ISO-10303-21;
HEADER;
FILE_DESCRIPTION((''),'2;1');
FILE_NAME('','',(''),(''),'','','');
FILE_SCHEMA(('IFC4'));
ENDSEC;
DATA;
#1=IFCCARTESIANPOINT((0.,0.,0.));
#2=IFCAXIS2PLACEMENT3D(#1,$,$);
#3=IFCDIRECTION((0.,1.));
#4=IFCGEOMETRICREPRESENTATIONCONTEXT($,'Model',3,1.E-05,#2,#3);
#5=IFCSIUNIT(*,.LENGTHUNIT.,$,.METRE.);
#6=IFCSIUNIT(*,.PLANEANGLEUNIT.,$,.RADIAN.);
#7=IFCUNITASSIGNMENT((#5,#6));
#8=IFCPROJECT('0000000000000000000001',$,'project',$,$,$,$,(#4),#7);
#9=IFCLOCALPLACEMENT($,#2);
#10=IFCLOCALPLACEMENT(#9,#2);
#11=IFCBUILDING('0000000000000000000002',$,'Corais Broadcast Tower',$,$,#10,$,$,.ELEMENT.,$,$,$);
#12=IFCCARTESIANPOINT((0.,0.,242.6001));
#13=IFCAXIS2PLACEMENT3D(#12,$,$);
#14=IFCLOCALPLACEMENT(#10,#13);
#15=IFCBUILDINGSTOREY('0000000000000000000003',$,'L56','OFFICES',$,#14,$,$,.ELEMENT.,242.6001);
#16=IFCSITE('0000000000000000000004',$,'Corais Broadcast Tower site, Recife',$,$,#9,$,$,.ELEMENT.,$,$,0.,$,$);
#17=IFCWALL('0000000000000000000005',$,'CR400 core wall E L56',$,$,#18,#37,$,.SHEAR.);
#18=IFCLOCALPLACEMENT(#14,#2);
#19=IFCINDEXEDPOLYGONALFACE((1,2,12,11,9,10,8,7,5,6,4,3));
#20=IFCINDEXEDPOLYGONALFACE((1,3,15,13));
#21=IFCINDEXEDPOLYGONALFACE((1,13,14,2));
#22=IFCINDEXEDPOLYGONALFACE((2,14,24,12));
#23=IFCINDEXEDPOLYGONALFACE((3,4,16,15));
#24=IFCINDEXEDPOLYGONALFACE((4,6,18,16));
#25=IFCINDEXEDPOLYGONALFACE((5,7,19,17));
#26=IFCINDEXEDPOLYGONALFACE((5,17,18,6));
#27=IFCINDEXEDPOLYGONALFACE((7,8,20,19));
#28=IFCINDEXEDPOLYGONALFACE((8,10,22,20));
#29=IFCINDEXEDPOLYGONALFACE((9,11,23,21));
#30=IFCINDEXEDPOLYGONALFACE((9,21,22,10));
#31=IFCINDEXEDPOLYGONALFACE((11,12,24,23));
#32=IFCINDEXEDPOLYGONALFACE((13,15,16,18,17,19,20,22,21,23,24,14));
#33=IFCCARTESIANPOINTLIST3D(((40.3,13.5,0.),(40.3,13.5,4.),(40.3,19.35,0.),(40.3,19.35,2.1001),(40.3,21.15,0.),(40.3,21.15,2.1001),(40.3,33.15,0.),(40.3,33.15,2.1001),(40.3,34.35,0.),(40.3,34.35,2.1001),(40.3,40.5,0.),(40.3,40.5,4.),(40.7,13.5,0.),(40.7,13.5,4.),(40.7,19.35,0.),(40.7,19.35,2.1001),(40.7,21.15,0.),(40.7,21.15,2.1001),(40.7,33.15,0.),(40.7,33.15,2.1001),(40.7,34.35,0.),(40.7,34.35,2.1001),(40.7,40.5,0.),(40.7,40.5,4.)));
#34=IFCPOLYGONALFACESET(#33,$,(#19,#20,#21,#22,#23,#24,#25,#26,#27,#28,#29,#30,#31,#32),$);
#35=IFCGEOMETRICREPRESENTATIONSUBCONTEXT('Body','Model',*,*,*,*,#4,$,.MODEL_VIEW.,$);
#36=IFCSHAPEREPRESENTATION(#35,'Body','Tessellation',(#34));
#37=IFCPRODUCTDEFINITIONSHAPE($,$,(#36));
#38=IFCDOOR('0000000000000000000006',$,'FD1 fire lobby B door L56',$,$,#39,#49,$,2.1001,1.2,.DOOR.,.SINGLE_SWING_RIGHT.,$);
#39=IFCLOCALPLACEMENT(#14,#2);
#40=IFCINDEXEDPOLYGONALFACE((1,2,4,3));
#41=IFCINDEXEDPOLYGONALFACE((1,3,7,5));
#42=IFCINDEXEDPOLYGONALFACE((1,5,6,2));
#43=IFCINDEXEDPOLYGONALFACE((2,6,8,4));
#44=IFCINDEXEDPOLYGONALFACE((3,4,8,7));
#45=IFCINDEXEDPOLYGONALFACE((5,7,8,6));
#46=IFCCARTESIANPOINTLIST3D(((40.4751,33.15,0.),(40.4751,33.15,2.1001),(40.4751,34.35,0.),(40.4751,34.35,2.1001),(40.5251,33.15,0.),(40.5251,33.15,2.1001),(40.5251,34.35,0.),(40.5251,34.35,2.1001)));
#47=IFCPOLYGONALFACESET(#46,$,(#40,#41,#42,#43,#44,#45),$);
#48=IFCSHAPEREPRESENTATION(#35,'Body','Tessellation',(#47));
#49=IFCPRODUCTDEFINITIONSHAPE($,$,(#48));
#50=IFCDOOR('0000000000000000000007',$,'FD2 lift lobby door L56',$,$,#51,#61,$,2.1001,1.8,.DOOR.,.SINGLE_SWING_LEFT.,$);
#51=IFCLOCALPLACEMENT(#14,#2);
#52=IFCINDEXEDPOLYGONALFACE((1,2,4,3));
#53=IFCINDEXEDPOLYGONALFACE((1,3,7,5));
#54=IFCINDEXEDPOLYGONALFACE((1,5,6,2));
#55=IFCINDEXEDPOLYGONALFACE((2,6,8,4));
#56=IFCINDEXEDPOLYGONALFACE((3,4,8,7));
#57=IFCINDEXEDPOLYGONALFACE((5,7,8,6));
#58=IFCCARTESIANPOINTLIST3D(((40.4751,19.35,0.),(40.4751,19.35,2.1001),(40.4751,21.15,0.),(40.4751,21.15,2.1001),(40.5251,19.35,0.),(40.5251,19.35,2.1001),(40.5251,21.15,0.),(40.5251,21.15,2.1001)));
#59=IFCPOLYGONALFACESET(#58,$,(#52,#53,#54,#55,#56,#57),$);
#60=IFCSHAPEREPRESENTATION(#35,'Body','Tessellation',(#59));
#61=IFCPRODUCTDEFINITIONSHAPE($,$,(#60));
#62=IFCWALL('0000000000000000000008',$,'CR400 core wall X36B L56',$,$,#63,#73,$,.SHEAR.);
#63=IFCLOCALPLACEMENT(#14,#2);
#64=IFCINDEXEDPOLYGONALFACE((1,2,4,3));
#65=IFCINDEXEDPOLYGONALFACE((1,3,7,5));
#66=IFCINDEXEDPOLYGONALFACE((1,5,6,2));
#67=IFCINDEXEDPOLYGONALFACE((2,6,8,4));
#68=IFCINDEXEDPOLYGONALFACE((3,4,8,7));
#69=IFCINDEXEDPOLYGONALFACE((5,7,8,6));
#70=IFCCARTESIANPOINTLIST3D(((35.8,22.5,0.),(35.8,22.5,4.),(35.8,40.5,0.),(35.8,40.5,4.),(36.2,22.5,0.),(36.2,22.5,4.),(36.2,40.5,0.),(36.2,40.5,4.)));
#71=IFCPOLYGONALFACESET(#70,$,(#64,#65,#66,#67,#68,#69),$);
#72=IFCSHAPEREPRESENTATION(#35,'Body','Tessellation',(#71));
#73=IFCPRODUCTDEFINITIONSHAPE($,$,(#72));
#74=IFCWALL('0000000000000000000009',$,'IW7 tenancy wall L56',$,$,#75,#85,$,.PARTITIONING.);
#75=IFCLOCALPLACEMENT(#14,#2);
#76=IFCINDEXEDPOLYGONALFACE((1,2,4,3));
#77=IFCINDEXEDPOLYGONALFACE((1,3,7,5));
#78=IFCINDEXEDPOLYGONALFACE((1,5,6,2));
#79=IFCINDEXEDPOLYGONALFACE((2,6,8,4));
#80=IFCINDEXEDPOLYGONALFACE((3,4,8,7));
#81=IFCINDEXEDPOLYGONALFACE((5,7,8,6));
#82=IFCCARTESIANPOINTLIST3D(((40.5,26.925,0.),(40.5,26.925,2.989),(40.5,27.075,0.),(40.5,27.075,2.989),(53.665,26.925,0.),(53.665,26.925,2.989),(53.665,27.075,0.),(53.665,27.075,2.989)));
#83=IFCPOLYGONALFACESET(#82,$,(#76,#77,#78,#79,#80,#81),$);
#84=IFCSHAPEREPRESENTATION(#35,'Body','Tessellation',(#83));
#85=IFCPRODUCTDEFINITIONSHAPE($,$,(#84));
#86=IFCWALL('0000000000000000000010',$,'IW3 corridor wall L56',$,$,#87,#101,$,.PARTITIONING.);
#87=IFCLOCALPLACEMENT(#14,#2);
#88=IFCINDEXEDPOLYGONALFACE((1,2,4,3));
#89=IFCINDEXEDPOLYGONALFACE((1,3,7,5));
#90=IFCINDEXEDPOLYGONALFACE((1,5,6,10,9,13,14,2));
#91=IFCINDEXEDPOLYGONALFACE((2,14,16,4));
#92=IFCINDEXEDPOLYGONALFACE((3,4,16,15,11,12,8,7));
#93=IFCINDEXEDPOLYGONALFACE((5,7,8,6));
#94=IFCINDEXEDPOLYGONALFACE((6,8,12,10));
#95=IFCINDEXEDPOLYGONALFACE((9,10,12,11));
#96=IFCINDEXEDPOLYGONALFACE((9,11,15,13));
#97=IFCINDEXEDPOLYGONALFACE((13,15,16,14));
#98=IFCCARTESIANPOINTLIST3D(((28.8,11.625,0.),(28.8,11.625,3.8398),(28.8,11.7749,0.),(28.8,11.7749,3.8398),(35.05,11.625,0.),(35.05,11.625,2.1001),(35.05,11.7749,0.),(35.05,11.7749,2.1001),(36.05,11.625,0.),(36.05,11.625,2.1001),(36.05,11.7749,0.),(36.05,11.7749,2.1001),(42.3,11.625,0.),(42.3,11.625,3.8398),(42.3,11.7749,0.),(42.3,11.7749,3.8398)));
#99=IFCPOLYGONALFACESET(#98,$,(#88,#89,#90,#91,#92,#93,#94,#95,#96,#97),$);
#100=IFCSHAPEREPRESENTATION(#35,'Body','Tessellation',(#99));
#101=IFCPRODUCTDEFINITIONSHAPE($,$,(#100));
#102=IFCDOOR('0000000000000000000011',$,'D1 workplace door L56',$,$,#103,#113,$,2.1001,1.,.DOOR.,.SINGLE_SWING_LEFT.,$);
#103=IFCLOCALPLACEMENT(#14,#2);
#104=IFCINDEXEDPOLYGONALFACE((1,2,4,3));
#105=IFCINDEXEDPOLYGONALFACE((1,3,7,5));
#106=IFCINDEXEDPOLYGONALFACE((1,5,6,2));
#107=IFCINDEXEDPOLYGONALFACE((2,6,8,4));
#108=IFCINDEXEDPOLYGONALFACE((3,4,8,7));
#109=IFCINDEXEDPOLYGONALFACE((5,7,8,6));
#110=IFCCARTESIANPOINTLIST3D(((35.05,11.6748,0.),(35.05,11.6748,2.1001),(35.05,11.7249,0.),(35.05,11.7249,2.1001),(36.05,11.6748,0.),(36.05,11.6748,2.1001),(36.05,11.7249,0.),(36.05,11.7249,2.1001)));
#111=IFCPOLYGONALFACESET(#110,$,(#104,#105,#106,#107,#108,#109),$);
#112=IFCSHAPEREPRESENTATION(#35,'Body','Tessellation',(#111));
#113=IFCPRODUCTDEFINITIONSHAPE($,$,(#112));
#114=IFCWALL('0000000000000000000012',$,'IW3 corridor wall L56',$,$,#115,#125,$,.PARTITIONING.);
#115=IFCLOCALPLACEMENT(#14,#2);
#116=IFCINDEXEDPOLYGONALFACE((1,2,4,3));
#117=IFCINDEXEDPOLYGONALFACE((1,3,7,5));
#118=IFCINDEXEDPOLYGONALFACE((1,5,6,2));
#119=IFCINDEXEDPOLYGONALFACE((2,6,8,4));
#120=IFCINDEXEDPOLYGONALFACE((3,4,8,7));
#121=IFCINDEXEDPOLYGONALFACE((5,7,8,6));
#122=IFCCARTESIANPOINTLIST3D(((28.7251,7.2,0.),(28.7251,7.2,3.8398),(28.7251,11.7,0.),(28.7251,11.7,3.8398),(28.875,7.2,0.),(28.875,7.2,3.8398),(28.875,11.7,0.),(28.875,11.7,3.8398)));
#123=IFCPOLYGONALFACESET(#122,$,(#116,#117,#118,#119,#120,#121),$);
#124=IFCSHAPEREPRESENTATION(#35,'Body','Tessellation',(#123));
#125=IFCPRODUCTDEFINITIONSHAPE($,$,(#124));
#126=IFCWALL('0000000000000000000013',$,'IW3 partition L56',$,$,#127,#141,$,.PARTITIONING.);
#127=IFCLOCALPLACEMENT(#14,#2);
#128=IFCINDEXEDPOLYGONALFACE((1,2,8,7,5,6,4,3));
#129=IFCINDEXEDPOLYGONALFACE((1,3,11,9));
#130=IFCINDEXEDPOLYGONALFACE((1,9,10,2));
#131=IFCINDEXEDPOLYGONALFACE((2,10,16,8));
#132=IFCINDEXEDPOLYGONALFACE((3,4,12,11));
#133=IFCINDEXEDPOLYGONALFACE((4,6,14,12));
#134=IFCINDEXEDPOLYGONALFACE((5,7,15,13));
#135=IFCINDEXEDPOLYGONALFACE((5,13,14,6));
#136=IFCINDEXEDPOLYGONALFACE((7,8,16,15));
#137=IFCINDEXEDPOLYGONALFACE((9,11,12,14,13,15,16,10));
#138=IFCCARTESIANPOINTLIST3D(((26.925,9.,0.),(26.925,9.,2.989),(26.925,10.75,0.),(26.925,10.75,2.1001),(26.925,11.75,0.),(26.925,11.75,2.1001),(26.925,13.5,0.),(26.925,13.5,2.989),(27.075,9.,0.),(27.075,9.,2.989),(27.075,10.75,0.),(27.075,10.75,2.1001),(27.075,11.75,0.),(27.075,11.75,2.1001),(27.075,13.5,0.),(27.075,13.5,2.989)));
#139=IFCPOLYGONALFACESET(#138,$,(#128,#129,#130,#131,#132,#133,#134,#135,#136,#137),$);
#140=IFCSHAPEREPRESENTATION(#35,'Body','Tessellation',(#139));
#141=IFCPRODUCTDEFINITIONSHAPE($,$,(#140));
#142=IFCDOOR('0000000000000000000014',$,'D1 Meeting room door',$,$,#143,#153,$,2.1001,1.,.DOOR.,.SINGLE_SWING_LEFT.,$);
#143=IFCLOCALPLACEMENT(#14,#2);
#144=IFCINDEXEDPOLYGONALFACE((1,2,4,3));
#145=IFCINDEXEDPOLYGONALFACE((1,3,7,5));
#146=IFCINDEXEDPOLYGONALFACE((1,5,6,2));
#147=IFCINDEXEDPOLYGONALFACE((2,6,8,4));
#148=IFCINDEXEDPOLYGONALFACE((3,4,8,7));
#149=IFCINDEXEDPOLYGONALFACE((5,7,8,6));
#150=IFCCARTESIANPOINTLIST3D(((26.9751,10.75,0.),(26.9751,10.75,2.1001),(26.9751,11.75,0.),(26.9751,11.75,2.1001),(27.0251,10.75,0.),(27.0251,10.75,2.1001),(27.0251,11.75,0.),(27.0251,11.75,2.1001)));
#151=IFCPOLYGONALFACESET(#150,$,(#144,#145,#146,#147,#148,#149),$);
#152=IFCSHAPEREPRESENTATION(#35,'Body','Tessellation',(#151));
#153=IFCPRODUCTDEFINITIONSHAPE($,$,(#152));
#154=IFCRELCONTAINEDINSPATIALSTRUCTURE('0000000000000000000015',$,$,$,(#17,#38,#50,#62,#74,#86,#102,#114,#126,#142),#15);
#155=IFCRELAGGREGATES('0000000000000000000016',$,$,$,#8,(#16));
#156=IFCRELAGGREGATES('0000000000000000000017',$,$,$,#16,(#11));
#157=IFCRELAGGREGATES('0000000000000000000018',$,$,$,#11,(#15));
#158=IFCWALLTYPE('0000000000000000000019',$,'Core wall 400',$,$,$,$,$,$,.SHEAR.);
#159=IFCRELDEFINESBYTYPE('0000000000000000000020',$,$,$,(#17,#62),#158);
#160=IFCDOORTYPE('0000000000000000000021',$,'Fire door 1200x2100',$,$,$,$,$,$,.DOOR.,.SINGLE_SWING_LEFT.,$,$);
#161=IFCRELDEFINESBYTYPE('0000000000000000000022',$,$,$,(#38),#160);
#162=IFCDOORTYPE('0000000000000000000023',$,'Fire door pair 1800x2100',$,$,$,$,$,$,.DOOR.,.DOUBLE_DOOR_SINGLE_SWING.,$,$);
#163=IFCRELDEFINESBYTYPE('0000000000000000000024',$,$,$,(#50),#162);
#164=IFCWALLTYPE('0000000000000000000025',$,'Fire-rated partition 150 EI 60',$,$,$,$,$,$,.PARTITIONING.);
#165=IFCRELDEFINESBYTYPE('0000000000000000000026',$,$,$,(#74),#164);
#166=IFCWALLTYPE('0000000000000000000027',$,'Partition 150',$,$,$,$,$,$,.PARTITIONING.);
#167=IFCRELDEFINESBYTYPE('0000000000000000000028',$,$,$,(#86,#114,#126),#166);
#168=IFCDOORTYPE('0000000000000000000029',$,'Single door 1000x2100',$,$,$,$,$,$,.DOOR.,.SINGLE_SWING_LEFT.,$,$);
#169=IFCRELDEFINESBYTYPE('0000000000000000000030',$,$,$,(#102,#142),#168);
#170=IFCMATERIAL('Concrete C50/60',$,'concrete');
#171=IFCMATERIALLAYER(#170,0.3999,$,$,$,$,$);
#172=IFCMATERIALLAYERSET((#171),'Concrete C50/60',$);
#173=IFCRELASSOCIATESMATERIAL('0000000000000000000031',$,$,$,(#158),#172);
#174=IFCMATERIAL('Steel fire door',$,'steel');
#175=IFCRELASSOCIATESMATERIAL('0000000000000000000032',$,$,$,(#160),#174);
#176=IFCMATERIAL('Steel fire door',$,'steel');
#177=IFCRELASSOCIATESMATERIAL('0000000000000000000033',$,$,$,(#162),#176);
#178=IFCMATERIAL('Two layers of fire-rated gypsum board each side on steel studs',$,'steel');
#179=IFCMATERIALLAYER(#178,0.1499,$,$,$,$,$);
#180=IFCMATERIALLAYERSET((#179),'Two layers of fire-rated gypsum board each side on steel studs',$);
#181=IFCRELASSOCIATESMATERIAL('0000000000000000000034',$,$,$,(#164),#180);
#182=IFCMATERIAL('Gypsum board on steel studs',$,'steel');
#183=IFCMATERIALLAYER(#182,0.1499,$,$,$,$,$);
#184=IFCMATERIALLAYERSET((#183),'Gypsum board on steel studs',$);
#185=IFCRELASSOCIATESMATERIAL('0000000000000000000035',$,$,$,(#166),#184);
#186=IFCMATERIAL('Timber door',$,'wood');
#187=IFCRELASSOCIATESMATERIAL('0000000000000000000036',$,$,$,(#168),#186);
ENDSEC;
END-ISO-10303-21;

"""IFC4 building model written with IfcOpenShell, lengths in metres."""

from ifc_helpers import new_model, si_unit, direction, frame, frame_2d, origin, place, context, subcontext, project, spatial, rectangle, extrude, material, layer, layer_set, type_object, element, fill, save


model = new_model("IFC4")

# Units and contexts
model_context = context("Model", 3, precision=1e-05, world=origin(), true_north=direction((0.0, 1.0)))
body_context = subcontext(model_context, "Body", "Model", "MODEL_VIEW")
ifc_project = project(units=[si_unit("LENGTHUNIT", "METRE"), si_unit("PLANEANGLEUNIT", "RADIAN")], contexts=[model_context])

# Site, building, storey
site_placement = place(None, origin())
site = spatial("IfcSite", under=ifc_project, at=site_placement, Name="Corais Broadcast Tower site, Recife", CompositionType="ELEMENT", RefElevation=0.0)
building_placement = place(site_placement, origin())
building = spatial("IfcBuilding", under=site, at=building_placement, Name="Corais Broadcast Tower", CompositionType="ELEMENT")
storey_placement = place(building_placement, frame((0.0, 0.0, 242.6001)))
storey = spatial("IfcBuildingStorey", under=building, at=storey_placement, Name="L56", Description="OFFICES", CompositionType="ELEMENT", Elevation=242.6001)

# Wall, openings, doors
ifc_material_1 = material(Name="Concrete C50/60", Category="concrete")
ifc_layer_1 = layer(ifc_material_1, 0.3999)
ifc_layer_set_1 = layer_set([ifc_layer_1], Name="Concrete C50/60")
wall_type_1 = type_object("IfcWallType", Name="Core wall 400", PredefinedType="SHEAR", material=ifc_layer_set_1)
wall_1_placement = place(storey_placement, frame((40.5, 13.5, 0.0), z_axis=(0.0, 0.0, 1.0), x_axis=(0.0, 1.0, 0.0)))
wall_1 = element("IfcWall", 1, at=wall_1_placement, inside=storey, type_object=wall_type_1, Name="CR400 core wall E L56", PredefinedType="SHEAR", context=body_context, shape_type="SweptSolid", body=[
    extrude(rectangle(XDim=27.0, YDim=0.3999, at=frame_2d((13.5, 0.0))), origin(), (0.0, 0.0, 1.0), 4.0),
])
opening_1_placement = place(wall_1_placement, frame((5.8501, 0.0, 0.0)))
opening_1 = element("IfcOpeningElement", 2, at=opening_1_placement, cuts=wall_1, PredefinedType="OPENING", context=body_context, shape_type="SweptSolid", body=[
    extrude(rectangle(XDim=1.8, YDim=2.1001, at=frame_2d((0.8999, 1.05))), frame((0.0, 0.21, 0.0), z_axis=(0.0, -1.0, 0.0), x_axis=(1.0, 0.0, 0.0)), (0.0, 0.0, 1.0), 0.4199),
])
opening_2_placement = place(wall_1_placement, frame((19.6499, 0.0, 0.0)))
opening_2 = element("IfcOpeningElement", 3, at=opening_2_placement, cuts=wall_1, PredefinedType="OPENING", context=body_context, shape_type="SweptSolid", body=[
    extrude(rectangle(XDim=1.2, YDim=2.1001, at=frame_2d((0.6001, 1.05))), frame((0.0, 0.21, 0.0), z_axis=(0.0, -1.0, 0.0), x_axis=(1.0, 0.0, 0.0)), (0.0, 0.0, 1.0), 0.4199),
])
ifc_material_2 = material(Name="Steel fire door", Category="steel")
door_type_1 = type_object("IfcDoorType", Name="Fire door 1200x2100", OperationType="SINGLE_SWING_LEFT", PredefinedType="DOOR", material=ifc_material_2)
door_1_placement = place(opening_2_placement, origin())
door_1 = element("IfcDoor", 4, at=door_1_placement, inside=storey, type_object=door_type_1, Name="FD1 fire lobby B door L56", OperationType="SINGLE_SWING_RIGHT", OverallHeight=2.1001, OverallWidth=1.2, PredefinedType="DOOR", context=body_context, shape_type="SweptSolid", body=[
    extrude(rectangle(XDim=1.2, YDim=2.1001, at=frame_2d((0.6001, 1.05))), frame((0.0, 0.0249, 0.0), z_axis=(0.0, -1.0, 0.0), x_axis=(1.0, 0.0, 0.0)), (0.0, 0.0, 1.0), 0.05),
])
fill(opening_2, door_1)
ifc_material_3 = material(Name="Steel fire door", Category="steel")
door_type_2 = type_object("IfcDoorType", Name="Fire door pair 1800x2100", OperationType="DOUBLE_DOOR_SINGLE_SWING", PredefinedType="DOOR", material=ifc_material_3)
door_2_placement = place(opening_1_placement, origin())
door_2 = element("IfcDoor", 5, at=door_2_placement, inside=storey, type_object=door_type_2, Name="FD2 lift lobby door L56", OperationType="SINGLE_SWING_LEFT", OverallHeight=2.1001, OverallWidth=1.8, PredefinedType="DOOR", context=body_context, shape_type="SweptSolid", body=[
    extrude(rectangle(XDim=1.8, YDim=2.1001, at=frame_2d((0.8999, 1.05))), frame((0.0, 0.0249, 0.0), z_axis=(0.0, -1.0, 0.0), x_axis=(1.0, 0.0, 0.0)), (0.0, 0.0, 1.0), 0.05),
])
fill(opening_1, door_2)

# Walls
wall_2_placement = place(storey_placement, frame((36.0, 22.5, 0.0), z_axis=(0.0, 0.0, 1.0), x_axis=(0.0, 1.0, 0.0)))
element("IfcWall", 6, at=wall_2_placement, inside=storey, type_object=wall_type_1, Name="CR400 core wall X36B L56", PredefinedType="SHEAR", context=body_context, shape_type="SweptSolid", body=[
    extrude(rectangle(XDim=18.0, YDim=0.3999, at=frame_2d((9.0, 0.0))), origin(), (0.0, 0.0, 1.0), 4.0),
])
ifc_material_4 = material(Name="Two layers of fire-rated gypsum board each side on steel studs", Category="steel")
ifc_layer_2 = layer(ifc_material_4, 0.1499)
ifc_layer_set_2 = layer_set([ifc_layer_2], Name="Two layers of fire-rated gypsum board each side on steel studs")
wall_type_2 = type_object("IfcWallType", Name="Fire-rated partition 150 EI 60", PredefinedType="PARTITIONING", material=ifc_layer_set_2)
wall_3_placement = place(storey_placement, frame((40.5, 27.0, 0.0), z_axis=(0.0, 0.0, 1.0), x_axis=(1.0, 0.0, 0.0)))
element("IfcWall", 7, at=wall_3_placement, inside=storey, type_object=wall_type_2, Name="IW7 tenancy wall L56", PredefinedType="PARTITIONING", context=body_context, shape_type="SweptSolid", body=[
    extrude(rectangle(XDim=13.165, YDim=0.1499, at=frame_2d((6.5825, 0.0))), origin(), (0.0, 0.0, 1.0), 2.989),
])

# Wall, opening, door
ifc_material_5 = material(Name="Gypsum board on steel studs", Category="steel")
ifc_layer_3 = layer(ifc_material_5, 0.1499)
ifc_layer_set_3 = layer_set([ifc_layer_3], Name="Gypsum board on steel studs")
wall_type_3 = type_object("IfcWallType", Name="Partition 150", PredefinedType="PARTITIONING", material=ifc_layer_set_3)
wall_4_placement = place(storey_placement, frame((28.8, 11.7, 0.0), z_axis=(0.0, 0.0, 1.0), x_axis=(1.0, 0.0, 0.0)))
wall_4 = element("IfcWall", 8, at=wall_4_placement, inside=storey, type_object=wall_type_3, Name="IW3 corridor wall L56", PredefinedType="PARTITIONING", context=body_context, shape_type="SweptSolid", body=[
    extrude(rectangle(XDim=13.5, YDim=0.1499, at=frame_2d((6.75, 0.0))), origin(), (0.0, 0.0, 1.0), 3.8398),
])
opening_3_placement = place(wall_4_placement, frame((6.25, 0.0, 0.0)))
opening_3 = element("IfcOpeningElement", 9, at=opening_3_placement, cuts=wall_4, PredefinedType="OPENING", context=body_context, shape_type="SweptSolid", body=[
    extrude(rectangle(XDim=1.0, YDim=2.1001, at=frame_2d((0.5, 1.05))), frame((0.0, 0.085, 0.0), z_axis=(0.0, -1.0, 0.0), x_axis=(1.0, 0.0, 0.0)), (0.0, 0.0, 1.0), 0.1699),
])
ifc_material_6 = material(Name="Timber door", Category="wood")
door_type_3 = type_object("IfcDoorType", Name="Single door 1000x2100", OperationType="SINGLE_SWING_LEFT", PredefinedType="DOOR", material=ifc_material_6)
door_3_placement = place(opening_3_placement, origin())
door_3 = element("IfcDoor", 10, at=door_3_placement, inside=storey, type_object=door_type_3, Name="D1 workplace door L56", OperationType="SINGLE_SWING_LEFT", OverallHeight=2.1001, OverallWidth=1.0, PredefinedType="DOOR", context=body_context, shape_type="SweptSolid", body=[
    extrude(rectangle(XDim=1.0, YDim=2.1001, at=frame_2d((0.5, 1.05))), frame((0.0, 0.0249, 0.0), z_axis=(0.0, -1.0, 0.0), x_axis=(1.0, 0.0, 0.0)), (0.0, 0.0, 1.0), 0.05),
])
fill(opening_3, door_3)

# Wall
wall_5_placement = place(storey_placement, frame((28.8, 7.2, 0.0), z_axis=(0.0, 0.0, 1.0), x_axis=(0.0, 1.0, 0.0)))
element("IfcWall", 11, at=wall_5_placement, inside=storey, type_object=wall_type_3, Name="IW3 corridor wall L56", PredefinedType="PARTITIONING", context=body_context, shape_type="SweptSolid", body=[
    extrude(rectangle(XDim=4.5, YDim=0.1499, at=frame_2d((2.25, 0.0))), origin(), (0.0, 0.0, 1.0), 3.8398),
])

# Wall, opening, door
wall_6_placement = place(storey_placement, frame((27.0, 9.0, 0.0), z_axis=(0.0, 0.0, 1.0), x_axis=(0.0, 1.0, 0.0)))
wall_6 = element("IfcWall", 12, at=wall_6_placement, inside=storey, type_object=wall_type_3, Name="IW3 partition L56", PredefinedType="PARTITIONING", context=body_context, shape_type="SweptSolid", body=[
    extrude(rectangle(XDim=4.5, YDim=0.1499, at=frame_2d((2.25, 0.0))), origin(), (0.0, 0.0, 1.0), 2.989),
])
opening_4_placement = place(wall_6_placement, frame((1.75, 0.0, 0.0)))
opening_4 = element("IfcOpeningElement", 13, at=opening_4_placement, cuts=wall_6, PredefinedType="OPENING", context=body_context, shape_type="SweptSolid", body=[
    extrude(rectangle(XDim=1.0, YDim=2.1001, at=frame_2d((0.5, 1.05))), frame((0.0, 0.085, 0.0), z_axis=(0.0, -1.0, 0.0), x_axis=(1.0, 0.0, 0.0)), (0.0, 0.0, 1.0), 0.1699),
])
door_4_placement = place(opening_4_placement, origin())
door_4 = element("IfcDoor", 14, at=door_4_placement, inside=storey, type_object=door_type_3, Name="D1 Meeting room door", OperationType="SINGLE_SWING_LEFT", OverallHeight=2.1001, OverallWidth=1.0, PredefinedType="DOOR", context=body_context, shape_type="SweptSolid", body=[
    extrude(rectangle(XDim=1.0, YDim=2.1001, at=frame_2d((0.5, 1.05))), frame((0.0, 0.0249, 0.0), z_axis=(0.0, -1.0, 0.0), x_axis=(1.0, 0.0, 0.0)), (0.0, 0.0, 1.0), 0.05),
])
fill(opening_4, door_4)

save(model, "model.ifc")
